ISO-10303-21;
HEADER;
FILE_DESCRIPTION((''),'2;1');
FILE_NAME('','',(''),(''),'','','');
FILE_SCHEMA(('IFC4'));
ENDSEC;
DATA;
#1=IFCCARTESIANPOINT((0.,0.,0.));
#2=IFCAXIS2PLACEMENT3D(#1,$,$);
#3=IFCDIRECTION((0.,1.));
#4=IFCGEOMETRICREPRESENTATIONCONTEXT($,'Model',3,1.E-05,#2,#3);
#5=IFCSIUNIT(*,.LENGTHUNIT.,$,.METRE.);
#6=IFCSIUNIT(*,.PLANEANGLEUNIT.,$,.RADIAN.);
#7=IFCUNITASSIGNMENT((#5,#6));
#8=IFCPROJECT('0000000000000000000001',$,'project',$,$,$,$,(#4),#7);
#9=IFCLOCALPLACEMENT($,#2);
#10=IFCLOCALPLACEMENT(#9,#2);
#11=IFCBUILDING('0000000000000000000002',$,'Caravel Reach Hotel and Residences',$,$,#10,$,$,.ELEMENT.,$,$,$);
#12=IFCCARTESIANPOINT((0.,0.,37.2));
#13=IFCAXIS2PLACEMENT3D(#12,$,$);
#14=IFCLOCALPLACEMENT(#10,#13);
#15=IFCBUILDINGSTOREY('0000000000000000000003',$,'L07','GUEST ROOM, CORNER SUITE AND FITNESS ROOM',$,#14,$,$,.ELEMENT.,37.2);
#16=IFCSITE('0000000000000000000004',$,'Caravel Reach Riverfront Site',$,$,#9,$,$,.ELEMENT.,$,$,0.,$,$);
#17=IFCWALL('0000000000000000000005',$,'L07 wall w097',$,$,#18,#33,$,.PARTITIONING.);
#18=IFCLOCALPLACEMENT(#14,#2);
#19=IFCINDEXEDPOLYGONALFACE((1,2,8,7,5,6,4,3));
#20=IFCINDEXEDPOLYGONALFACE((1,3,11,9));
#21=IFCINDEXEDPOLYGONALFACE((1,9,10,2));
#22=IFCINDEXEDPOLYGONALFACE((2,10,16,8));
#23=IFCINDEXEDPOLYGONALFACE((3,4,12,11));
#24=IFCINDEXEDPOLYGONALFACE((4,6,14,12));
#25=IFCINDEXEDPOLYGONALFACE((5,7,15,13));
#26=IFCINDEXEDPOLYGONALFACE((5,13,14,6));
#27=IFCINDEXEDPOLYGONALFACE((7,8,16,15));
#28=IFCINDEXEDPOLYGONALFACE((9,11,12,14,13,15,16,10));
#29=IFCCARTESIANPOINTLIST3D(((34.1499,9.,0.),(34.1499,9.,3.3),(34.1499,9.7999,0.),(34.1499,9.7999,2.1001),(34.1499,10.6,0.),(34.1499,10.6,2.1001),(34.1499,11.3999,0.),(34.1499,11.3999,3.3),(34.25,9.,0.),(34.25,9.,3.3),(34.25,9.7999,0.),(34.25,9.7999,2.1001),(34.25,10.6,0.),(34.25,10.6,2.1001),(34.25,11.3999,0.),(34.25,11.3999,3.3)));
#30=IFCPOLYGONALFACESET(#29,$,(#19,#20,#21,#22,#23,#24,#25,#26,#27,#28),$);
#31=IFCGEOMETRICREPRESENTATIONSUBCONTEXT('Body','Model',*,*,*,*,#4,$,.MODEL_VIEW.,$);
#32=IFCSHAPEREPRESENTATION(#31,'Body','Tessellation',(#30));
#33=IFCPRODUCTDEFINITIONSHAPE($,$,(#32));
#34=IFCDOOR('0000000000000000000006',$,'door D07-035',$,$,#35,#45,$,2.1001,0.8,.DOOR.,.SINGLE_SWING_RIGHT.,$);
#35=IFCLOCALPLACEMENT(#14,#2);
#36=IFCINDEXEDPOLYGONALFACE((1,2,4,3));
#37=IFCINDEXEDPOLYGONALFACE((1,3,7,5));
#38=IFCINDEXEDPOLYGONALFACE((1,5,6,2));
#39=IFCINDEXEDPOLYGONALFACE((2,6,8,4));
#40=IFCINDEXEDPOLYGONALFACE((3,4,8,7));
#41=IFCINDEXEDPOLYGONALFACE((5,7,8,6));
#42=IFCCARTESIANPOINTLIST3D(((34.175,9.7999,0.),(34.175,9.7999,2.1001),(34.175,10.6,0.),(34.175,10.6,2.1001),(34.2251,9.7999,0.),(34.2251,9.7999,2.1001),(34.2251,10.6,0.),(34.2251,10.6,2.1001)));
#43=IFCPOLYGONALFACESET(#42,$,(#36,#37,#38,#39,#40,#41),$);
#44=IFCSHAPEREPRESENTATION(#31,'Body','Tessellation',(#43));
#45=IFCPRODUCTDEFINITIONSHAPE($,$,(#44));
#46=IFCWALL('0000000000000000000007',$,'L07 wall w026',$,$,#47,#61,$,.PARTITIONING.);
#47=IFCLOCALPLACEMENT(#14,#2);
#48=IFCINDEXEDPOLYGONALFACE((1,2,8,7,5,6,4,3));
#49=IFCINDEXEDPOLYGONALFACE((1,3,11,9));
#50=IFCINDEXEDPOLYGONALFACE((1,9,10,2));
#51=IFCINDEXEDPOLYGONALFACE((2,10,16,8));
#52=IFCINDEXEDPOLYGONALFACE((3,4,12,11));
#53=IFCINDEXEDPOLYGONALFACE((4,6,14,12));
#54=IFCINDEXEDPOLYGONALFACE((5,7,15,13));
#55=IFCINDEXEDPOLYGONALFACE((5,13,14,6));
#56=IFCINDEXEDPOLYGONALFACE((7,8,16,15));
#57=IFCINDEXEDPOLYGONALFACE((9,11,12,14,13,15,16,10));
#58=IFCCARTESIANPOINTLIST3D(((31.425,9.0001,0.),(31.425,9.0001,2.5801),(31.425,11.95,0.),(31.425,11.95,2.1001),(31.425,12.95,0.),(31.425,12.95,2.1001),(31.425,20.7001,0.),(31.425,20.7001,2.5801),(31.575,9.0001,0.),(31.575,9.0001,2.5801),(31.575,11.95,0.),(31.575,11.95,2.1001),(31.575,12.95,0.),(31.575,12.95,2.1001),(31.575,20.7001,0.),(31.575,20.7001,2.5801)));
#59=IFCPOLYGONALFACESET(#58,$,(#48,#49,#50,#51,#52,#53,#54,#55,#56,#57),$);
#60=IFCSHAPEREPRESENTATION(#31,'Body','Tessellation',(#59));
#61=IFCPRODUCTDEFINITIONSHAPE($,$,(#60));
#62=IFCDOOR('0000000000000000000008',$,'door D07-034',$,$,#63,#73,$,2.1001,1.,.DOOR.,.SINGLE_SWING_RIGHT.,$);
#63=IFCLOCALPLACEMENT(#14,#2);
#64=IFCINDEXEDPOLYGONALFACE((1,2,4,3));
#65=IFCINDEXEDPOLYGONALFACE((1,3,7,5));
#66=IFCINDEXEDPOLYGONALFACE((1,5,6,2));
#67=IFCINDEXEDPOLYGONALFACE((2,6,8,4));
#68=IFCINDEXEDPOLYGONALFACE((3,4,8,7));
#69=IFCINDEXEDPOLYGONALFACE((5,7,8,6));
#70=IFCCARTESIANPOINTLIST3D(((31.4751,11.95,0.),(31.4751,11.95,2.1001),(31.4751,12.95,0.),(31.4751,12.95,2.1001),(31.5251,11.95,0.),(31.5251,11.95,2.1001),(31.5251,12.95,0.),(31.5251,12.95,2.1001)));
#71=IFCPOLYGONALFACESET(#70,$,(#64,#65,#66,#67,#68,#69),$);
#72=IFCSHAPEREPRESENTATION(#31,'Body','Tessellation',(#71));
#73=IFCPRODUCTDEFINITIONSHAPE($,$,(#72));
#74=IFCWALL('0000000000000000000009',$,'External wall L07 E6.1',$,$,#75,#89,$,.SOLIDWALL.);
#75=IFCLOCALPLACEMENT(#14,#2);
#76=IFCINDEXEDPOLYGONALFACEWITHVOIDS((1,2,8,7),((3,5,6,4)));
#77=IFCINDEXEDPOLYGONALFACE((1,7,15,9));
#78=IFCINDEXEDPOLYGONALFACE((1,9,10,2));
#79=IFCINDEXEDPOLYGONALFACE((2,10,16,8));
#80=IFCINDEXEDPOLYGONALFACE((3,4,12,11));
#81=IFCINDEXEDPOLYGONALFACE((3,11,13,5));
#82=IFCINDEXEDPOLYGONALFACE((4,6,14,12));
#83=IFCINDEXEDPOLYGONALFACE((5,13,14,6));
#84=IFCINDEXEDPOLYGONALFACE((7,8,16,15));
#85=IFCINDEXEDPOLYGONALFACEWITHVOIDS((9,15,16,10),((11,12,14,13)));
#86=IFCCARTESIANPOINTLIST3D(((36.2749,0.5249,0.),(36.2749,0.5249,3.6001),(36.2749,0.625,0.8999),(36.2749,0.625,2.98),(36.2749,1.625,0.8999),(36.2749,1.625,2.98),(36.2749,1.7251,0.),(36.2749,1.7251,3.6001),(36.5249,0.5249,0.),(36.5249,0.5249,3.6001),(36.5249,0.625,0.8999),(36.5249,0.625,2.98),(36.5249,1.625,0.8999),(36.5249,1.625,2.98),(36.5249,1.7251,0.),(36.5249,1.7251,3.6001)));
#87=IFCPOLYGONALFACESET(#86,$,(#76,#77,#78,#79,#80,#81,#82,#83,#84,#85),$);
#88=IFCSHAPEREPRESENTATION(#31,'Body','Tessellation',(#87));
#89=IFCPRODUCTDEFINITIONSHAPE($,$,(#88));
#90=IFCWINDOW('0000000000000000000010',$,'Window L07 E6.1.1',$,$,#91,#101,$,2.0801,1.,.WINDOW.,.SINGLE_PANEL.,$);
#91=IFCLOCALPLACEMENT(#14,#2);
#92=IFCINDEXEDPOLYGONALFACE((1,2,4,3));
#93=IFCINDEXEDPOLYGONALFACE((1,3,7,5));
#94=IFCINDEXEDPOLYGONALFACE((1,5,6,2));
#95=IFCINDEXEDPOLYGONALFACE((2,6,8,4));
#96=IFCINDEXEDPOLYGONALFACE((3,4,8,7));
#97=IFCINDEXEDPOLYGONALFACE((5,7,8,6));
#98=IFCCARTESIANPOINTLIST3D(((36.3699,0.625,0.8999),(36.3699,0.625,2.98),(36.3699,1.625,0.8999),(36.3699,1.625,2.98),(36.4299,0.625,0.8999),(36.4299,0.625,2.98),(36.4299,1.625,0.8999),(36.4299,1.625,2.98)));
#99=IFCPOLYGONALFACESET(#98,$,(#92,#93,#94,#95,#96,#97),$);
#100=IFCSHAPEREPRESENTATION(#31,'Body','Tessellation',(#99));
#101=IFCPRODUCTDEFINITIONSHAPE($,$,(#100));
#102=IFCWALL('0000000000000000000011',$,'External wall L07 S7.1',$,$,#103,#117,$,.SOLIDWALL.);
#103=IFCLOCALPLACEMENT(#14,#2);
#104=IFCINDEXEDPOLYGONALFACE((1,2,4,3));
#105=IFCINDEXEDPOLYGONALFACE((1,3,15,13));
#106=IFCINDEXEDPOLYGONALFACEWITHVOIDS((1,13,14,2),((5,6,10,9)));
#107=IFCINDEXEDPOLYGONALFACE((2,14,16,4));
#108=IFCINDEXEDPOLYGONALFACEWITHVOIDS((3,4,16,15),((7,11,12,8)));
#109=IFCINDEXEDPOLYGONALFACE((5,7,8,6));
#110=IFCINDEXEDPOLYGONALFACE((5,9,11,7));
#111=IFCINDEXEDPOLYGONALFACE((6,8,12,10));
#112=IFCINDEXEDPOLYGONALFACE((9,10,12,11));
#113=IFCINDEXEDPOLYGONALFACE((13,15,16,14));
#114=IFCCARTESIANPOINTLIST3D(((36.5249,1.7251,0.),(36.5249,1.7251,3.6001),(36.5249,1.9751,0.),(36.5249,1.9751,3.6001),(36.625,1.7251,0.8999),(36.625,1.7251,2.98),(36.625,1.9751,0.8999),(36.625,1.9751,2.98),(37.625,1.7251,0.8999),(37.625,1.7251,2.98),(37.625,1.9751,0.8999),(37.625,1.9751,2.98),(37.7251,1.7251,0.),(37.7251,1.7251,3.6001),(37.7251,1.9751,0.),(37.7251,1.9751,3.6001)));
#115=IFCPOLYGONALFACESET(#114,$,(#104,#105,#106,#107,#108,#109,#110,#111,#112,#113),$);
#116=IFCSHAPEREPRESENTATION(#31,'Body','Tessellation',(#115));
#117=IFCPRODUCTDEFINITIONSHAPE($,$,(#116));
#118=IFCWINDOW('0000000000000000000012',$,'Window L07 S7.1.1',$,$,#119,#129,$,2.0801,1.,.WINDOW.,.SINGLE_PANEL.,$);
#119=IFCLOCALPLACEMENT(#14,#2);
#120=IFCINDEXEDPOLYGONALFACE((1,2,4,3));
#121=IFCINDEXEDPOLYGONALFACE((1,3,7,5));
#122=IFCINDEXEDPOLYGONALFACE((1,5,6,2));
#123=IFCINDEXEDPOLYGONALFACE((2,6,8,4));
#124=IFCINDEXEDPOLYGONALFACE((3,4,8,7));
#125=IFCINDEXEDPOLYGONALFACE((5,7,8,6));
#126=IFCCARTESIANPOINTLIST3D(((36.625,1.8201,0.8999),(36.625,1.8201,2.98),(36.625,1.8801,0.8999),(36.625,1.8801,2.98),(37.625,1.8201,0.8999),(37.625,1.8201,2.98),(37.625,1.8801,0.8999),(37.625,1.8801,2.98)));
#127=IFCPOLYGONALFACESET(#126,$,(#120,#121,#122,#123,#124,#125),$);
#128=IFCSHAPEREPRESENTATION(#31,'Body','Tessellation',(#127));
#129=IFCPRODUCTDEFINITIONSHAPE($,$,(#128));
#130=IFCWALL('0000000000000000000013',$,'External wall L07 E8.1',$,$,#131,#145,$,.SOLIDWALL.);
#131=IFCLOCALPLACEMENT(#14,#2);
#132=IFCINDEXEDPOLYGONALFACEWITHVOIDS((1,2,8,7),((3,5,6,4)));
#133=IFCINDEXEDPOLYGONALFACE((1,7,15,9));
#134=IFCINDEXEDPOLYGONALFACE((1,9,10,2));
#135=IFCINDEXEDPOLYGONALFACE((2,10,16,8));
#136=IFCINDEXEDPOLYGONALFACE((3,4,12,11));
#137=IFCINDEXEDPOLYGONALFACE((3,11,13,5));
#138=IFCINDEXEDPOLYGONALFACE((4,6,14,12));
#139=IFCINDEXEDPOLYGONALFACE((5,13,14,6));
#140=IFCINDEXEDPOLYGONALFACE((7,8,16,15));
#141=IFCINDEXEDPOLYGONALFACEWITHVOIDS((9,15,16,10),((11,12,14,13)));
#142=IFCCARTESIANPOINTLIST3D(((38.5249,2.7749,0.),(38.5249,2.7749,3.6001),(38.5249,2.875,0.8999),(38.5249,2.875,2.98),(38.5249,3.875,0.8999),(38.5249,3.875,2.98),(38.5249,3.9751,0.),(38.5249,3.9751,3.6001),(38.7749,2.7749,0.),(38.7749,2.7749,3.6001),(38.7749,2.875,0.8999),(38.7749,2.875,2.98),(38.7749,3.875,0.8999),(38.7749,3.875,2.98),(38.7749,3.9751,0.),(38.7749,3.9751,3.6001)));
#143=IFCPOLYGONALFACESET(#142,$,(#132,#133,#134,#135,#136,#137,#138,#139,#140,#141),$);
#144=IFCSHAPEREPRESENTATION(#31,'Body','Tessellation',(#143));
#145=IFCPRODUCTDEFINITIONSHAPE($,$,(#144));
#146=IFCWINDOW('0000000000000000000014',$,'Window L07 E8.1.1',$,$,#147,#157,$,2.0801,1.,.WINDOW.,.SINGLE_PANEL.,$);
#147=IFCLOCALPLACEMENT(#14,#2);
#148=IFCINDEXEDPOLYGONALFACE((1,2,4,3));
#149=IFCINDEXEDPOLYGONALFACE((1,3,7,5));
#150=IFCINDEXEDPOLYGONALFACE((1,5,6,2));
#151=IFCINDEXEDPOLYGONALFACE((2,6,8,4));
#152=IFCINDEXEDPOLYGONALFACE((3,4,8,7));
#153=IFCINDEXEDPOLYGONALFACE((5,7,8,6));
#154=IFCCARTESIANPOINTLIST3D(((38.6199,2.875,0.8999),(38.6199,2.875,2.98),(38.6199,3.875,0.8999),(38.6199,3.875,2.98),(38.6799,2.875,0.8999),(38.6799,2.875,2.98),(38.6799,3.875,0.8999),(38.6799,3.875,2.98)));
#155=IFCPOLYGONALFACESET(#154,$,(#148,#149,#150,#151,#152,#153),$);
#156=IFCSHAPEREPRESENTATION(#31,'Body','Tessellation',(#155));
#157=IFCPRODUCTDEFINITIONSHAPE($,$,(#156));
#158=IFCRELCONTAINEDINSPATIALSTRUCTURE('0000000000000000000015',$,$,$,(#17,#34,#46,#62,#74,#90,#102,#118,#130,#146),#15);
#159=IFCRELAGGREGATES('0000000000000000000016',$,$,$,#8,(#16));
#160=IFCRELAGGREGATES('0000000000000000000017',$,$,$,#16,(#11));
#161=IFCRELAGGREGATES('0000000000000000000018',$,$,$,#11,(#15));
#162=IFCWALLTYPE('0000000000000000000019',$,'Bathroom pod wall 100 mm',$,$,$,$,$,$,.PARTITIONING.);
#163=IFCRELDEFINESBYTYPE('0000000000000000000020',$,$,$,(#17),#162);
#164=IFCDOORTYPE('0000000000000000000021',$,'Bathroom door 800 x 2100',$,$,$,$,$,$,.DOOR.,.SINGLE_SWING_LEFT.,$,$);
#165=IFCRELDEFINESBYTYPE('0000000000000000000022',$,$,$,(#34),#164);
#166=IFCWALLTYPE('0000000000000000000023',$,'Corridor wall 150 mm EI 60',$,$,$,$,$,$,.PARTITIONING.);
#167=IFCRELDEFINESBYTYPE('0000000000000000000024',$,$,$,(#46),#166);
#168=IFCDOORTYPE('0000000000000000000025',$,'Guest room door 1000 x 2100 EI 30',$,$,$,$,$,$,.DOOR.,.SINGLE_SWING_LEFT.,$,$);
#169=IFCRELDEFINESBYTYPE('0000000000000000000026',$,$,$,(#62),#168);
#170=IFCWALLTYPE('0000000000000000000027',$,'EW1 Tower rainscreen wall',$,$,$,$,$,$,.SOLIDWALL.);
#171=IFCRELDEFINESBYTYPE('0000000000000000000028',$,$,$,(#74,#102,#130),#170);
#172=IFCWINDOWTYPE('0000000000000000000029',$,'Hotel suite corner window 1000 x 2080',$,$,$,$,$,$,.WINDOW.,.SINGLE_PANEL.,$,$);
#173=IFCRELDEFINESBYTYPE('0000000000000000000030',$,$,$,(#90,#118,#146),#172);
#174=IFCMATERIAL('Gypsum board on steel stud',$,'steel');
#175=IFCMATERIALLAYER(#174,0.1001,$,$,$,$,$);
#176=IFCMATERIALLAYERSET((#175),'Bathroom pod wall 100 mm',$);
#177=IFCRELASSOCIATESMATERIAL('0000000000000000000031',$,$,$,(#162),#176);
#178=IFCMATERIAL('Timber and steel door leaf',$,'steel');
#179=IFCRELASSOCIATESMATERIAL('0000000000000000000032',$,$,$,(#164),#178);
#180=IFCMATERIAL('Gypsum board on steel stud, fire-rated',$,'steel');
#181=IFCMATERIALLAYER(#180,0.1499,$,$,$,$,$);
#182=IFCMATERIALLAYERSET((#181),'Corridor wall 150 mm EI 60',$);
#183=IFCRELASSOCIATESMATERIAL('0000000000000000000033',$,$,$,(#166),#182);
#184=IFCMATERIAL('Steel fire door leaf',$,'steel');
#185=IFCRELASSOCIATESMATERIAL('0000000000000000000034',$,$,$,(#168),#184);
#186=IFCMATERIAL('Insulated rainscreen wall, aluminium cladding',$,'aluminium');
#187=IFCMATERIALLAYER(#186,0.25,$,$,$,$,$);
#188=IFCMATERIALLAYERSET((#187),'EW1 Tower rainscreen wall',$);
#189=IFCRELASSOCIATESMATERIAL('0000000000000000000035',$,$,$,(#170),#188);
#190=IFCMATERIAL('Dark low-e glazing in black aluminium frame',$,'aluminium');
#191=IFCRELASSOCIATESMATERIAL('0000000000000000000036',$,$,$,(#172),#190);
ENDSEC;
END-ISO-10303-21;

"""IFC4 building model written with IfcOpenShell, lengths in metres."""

from ifc_helpers import new_model, si_unit, direction, frame, frame_2d, origin, place, context, subcontext, project, spatial, rectangle, extrude, material, layer, layer_set, type_object, element, fill, save


model = new_model("IFC4")

# Units and contexts
model_context = context("Model", 3, precision=1e-05, world=origin(), true_north=direction((0.0, 1.0)))
body_context = subcontext(model_context, "Body", "Model", "MODEL_VIEW")
ifc_project = project(units=[si_unit("LENGTHUNIT", "METRE"), si_unit("PLANEANGLEUNIT", "RADIAN")], contexts=[model_context])

# Site, building, storey
site_placement = place(None, origin())
site = spatial("IfcSite", under=ifc_project, at=site_placement, Name="Caravel Reach Riverfront Site", CompositionType="ELEMENT", RefElevation=0.0)
building_placement = place(site_placement, origin())
building = spatial("IfcBuilding", under=site, at=building_placement, Name="Caravel Reach Hotel and Residences", CompositionType="ELEMENT")
storey_placement = place(building_placement, frame((0.0, 0.0, 37.2)))
storey = spatial("IfcBuildingStorey", under=building, at=storey_placement, Name="L07", Description="GUEST ROOM, CORNER SUITE AND FITNESS ROOM", CompositionType="ELEMENT", Elevation=37.2)

# Shared definitions
ifc_material_1 = material(Name="Gypsum board on steel stud", Category="steel")
ifc_layer_1 = layer(ifc_material_1, 0.1001)
ifc_layer_set_1 = layer_set([ifc_layer_1], Name="Bathroom pod wall 100 mm")
wall_type_1 = type_object("IfcWallType", Name="Bathroom pod wall 100 mm", PredefinedType="PARTITIONING", material=ifc_layer_set_1)

# Walls, openings, doors
wall_1_placement = place(storey_placement, frame((34.2, 9.0, 0.0), z_axis=(0.0, 0.0, 1.0), x_axis=(0.0, 1.0, 0.0)))
wall_1 = element("IfcWall", 1, at=wall_1_placement, inside=storey, type_object=wall_type_1, Name="L07 wall w097", PredefinedType="PARTITIONING", context=body_context, shape_type="SweptSolid", body=[
    extrude(rectangle(XDim=2.3999, YDim=0.1001, at=frame_2d((1.2, 0.0))), origin(), (0.0, 0.0, 1.0), 3.3),
])
opening_1_placement = place(wall_1_placement, frame((0.8, 0.0, 0.0)))
opening_1 = element("IfcOpeningElement", 2, at=opening_1_placement, cuts=wall_1, PredefinedType="OPENING", context=body_context, shape_type="SweptSolid", body=[
    extrude(rectangle(XDim=0.8, YDim=2.1001, at=frame_2d((0.3999, 1.05))), frame((0.0, 0.0601, 0.0), z_axis=(0.0, -1.0, 0.0), x_axis=(1.0, 0.0, 0.0)), (0.0, 0.0, 1.0), 0.1201),
])
ifc_material_2 = material(Name="Timber and steel door leaf", Category="steel")
door_type_1 = type_object("IfcDoorType", Name="Bathroom door 800 x 2100", OperationType="SINGLE_SWING_LEFT", PredefinedType="DOOR", material=ifc_material_2)
door_1_placement = place(opening_1_placement, origin())
door_1 = element("IfcDoor", 3, at=door_1_placement, inside=storey, type_object=door_type_1, Name="door D07-035", OperationType="SINGLE_SWING_RIGHT", OverallHeight=2.1001, OverallWidth=0.8, PredefinedType="DOOR", context=body_context, shape_type="SweptSolid", body=[
    extrude(rectangle(XDim=0.8, YDim=2.1001, at=frame_2d((0.3999, 1.05))), frame((0.0, 0.0249, 0.0), z_axis=(0.0, -1.0, 0.0), x_axis=(1.0, 0.0, 0.0)), (0.0, 0.0, 1.0), 0.05),
])
fill(opening_1, door_1)
ifc_material_3 = material(Name="Gypsum board on steel stud, fire-rated", Category="steel")
ifc_layer_2 = layer(ifc_material_3, 0.1499)
ifc_layer_set_2 = layer_set([ifc_layer_2], Name="Corridor wall 150 mm EI 60")
wall_type_2 = type_object("IfcWallType", Name="Corridor wall 150 mm EI 60", PredefinedType="PARTITIONING", material=ifc_layer_set_2)
wall_2_placement = place(storey_placement, frame((31.5, 9.0, 0.0), z_axis=(0.0, 0.0, 1.0), x_axis=(0.0, 1.0, 0.0)))
wall_2 = element("IfcWall", 4, at=wall_2_placement, inside=storey, type_object=wall_type_2, Name="L07 wall w026", PredefinedType="PARTITIONING", context=body_context, shape_type="SweptSolid", body=[
    extrude(rectangle(XDim=11.7, YDim=0.1499, at=frame_2d((5.8501, 0.0))), origin(), (0.0, 0.0, 1.0), 2.5801),
])
opening_2_placement = place(wall_2_placement, frame((2.95, 0.0, 0.0)))
opening_2 = element("IfcOpeningElement", 5, at=opening_2_placement, cuts=wall_2, PredefinedType="OPENING", context=body_context, shape_type="SweptSolid", body=[
    extrude(rectangle(XDim=1.0, YDim=2.1001, at=frame_2d((0.5, 1.05))), frame((0.0, 0.085, 0.0), z_axis=(0.0, -1.0, 0.0), x_axis=(1.0, 0.0, 0.0)), (0.0, 0.0, 1.0), 0.1699),
])
ifc_material_4 = material(Name="Steel fire door leaf", Category="steel")
door_type_2 = type_object("IfcDoorType", Name="Guest room door 1000 x 2100 EI 30", OperationType="SINGLE_SWING_LEFT", PredefinedType="DOOR", material=ifc_material_4)
door_2_placement = place(opening_2_placement, origin())
door_2 = element("IfcDoor", 6, at=door_2_placement, inside=storey, type_object=door_type_2, Name="door D07-034", OperationType="SINGLE_SWING_RIGHT", OverallHeight=2.1001, OverallWidth=1.0, PredefinedType="DOOR", context=body_context, shape_type="SweptSolid", body=[
    extrude(rectangle(XDim=1.0, YDim=2.1001, at=frame_2d((0.5, 1.05))), frame((0.0, 0.0249, 0.0), z_axis=(0.0, -1.0, 0.0), x_axis=(1.0, 0.0, 0.0)), (0.0, 0.0, 1.0), 0.05),
])
fill(opening_2, door_2)

# Walls, openings, windows
ifc_material_5 = material(Name="Insulated rainscreen wall, aluminium cladding", Category="aluminium")
ifc_layer_3 = layer(ifc_material_5, 0.25)
ifc_layer_set_3 = layer_set([ifc_layer_3], Name="EW1 Tower rainscreen wall")
wall_type_3 = type_object("IfcWallType", Name="EW1 Tower rainscreen wall", PredefinedType="SOLIDWALL", material=ifc_layer_set_3)
wall_3_placement = place(storey_placement, frame((36.3999, 0.5249, 0.0), z_axis=(0.0, 0.0, 1.0), x_axis=(0.0, 1.0, 0.0)))
wall_3 = element("IfcWall", 7, at=wall_3_placement, inside=storey, type_object=wall_type_3, Name="External wall L07 E6.1", PredefinedType="SOLIDWALL", context=body_context, shape_type="SweptSolid", body=[
    extrude(rectangle(XDim=1.2002, YDim=0.25, at=frame_2d((0.6001, 0.0))), origin(), (0.0, 0.0, 1.0), 3.6001),
])
opening_3_placement = place(wall_3_placement, frame((0.1001, 0.0, 0.8999)))
opening_3 = element("IfcOpeningElement", 8, at=opening_3_placement, cuts=wall_3, PredefinedType="OPENING", context=body_context, shape_type="SweptSolid", body=[
    extrude(rectangle(XDim=1.0, YDim=2.0801, at=frame_2d((0.5, 1.04))), frame((0.0, 0.135, 0.0), z_axis=(0.0, -1.0, 0.0), x_axis=(1.0, 0.0, 0.0)), (0.0, 0.0, 1.0), 0.27),
])
ifc_material_6 = material(Name="Dark low-e glazing in black aluminium frame", Category="aluminium")
window_type_1 = type_object("IfcWindowType", Name="Hotel suite corner window 1000 x 2080", PartitioningType="SINGLE_PANEL", PredefinedType="WINDOW", material=ifc_material_6)
window_1_placement = place(opening_3_placement, origin())
window_1 = element("IfcWindow", 9, at=window_1_placement, inside=storey, type_object=window_type_1, Name="Window L07 E6.1.1", OverallHeight=2.0801, OverallWidth=1.0, PartitioningType="SINGLE_PANEL", PredefinedType="WINDOW", context=body_context, shape_type="SweptSolid", body=[
    extrude(rectangle(XDim=1.0, YDim=2.0801, at=frame_2d((0.5, 1.04))), frame((0.0, 0.03, 0.0), z_axis=(0.0, -1.0, 0.0), x_axis=(1.0, 0.0, 0.0)), (0.0, 0.0, 1.0), 0.0601),
])
fill(opening_3, window_1)
wall_4_placement = place(storey_placement, frame((36.5249, 1.8501, 0.0), z_axis=(0.0, 0.0, 1.0), x_axis=(1.0, 0.0, 0.0)))
wall_4 = element("IfcWall", 10, at=wall_4_placement, inside=storey, type_object=wall_type_3, Name="External wall L07 S7.1", PredefinedType="SOLIDWALL", context=body_context, shape_type="SweptSolid", body=[
    extrude(rectangle(XDim=1.2002, YDim=0.25, at=frame_2d((0.6001, 0.0))), origin(), (0.0, 0.0, 1.0), 3.6001),
])
opening_4_placement = place(wall_4_placement, frame((0.1001, 0.0, 0.8999)))
opening_4 = element("IfcOpeningElement", 11, at=opening_4_placement, cuts=wall_4, PredefinedType="OPENING", context=body_context, shape_type="SweptSolid", body=[
    extrude(rectangle(XDim=1.0, YDim=2.0801, at=frame_2d((0.5, 1.04))), frame((0.0, 0.135, 0.0), z_axis=(0.0, -1.0, 0.0), x_axis=(1.0, 0.0, 0.0)), (0.0, 0.0, 1.0), 0.27),
])
window_2_placement = place(opening_4_placement, origin())
window_2 = element("IfcWindow", 12, at=window_2_placement, inside=storey, type_object=window_type_1, Name="Window L07 S7.1.1", OverallHeight=2.0801, OverallWidth=1.0, PartitioningType="SINGLE_PANEL", PredefinedType="WINDOW", context=body_context, shape_type="SweptSolid", body=[
    extrude(rectangle(XDim=1.0, YDim=2.0801, at=frame_2d((0.5, 1.04))), frame((0.0, 0.03, 0.0), z_axis=(0.0, -1.0, 0.0), x_axis=(1.0, 0.0, 0.0)), (0.0, 0.0, 1.0), 0.0601),
])
fill(opening_4, window_2)
wall_5_placement = place(storey_placement, frame((38.6499, 2.7749, 0.0), z_axis=(0.0, 0.0, 1.0), x_axis=(0.0, 1.0, 0.0)))
wall_5 = element("IfcWall", 13, at=wall_5_placement, inside=storey, type_object=wall_type_3, Name="External wall L07 E8.1", PredefinedType="SOLIDWALL", context=body_context, shape_type="SweptSolid", body=[
    extrude(rectangle(XDim=1.2002, YDim=0.25, at=frame_2d((0.6001, 0.0))), origin(), (0.0, 0.0, 1.0), 3.6001),
])
opening_5_placement = place(wall_5_placement, frame((0.1001, 0.0, 0.8999)))
opening_5 = element("IfcOpeningElement", 14, at=opening_5_placement, cuts=wall_5, PredefinedType="OPENING", context=body_context, shape_type="SweptSolid", body=[
    extrude(rectangle(XDim=1.0, YDim=2.0801, at=frame_2d((0.5, 1.04))), frame((0.0, 0.135, 0.0), z_axis=(0.0, -1.0, 0.0), x_axis=(1.0, 0.0, 0.0)), (0.0, 0.0, 1.0), 0.27),
])
window_3_placement = place(opening_5_placement, origin())
window_3 = element("IfcWindow", 15, at=window_3_placement, inside=storey, type_object=window_type_1, Name="Window L07 E8.1.1", OverallHeight=2.0801, OverallWidth=1.0, PartitioningType="SINGLE_PANEL", PredefinedType="WINDOW", context=body_context, shape_type="SweptSolid", body=[
    extrude(rectangle(XDim=1.0, YDim=2.0801, at=frame_2d((0.5, 1.04))), frame((0.0, 0.03, 0.0), z_axis=(0.0, -1.0, 0.0), x_axis=(1.0, 0.0, 0.0)), (0.0, 0.0, 1.0), 0.0601),
])
fill(opening_5, window_3)

save(model, "model.ifc")
